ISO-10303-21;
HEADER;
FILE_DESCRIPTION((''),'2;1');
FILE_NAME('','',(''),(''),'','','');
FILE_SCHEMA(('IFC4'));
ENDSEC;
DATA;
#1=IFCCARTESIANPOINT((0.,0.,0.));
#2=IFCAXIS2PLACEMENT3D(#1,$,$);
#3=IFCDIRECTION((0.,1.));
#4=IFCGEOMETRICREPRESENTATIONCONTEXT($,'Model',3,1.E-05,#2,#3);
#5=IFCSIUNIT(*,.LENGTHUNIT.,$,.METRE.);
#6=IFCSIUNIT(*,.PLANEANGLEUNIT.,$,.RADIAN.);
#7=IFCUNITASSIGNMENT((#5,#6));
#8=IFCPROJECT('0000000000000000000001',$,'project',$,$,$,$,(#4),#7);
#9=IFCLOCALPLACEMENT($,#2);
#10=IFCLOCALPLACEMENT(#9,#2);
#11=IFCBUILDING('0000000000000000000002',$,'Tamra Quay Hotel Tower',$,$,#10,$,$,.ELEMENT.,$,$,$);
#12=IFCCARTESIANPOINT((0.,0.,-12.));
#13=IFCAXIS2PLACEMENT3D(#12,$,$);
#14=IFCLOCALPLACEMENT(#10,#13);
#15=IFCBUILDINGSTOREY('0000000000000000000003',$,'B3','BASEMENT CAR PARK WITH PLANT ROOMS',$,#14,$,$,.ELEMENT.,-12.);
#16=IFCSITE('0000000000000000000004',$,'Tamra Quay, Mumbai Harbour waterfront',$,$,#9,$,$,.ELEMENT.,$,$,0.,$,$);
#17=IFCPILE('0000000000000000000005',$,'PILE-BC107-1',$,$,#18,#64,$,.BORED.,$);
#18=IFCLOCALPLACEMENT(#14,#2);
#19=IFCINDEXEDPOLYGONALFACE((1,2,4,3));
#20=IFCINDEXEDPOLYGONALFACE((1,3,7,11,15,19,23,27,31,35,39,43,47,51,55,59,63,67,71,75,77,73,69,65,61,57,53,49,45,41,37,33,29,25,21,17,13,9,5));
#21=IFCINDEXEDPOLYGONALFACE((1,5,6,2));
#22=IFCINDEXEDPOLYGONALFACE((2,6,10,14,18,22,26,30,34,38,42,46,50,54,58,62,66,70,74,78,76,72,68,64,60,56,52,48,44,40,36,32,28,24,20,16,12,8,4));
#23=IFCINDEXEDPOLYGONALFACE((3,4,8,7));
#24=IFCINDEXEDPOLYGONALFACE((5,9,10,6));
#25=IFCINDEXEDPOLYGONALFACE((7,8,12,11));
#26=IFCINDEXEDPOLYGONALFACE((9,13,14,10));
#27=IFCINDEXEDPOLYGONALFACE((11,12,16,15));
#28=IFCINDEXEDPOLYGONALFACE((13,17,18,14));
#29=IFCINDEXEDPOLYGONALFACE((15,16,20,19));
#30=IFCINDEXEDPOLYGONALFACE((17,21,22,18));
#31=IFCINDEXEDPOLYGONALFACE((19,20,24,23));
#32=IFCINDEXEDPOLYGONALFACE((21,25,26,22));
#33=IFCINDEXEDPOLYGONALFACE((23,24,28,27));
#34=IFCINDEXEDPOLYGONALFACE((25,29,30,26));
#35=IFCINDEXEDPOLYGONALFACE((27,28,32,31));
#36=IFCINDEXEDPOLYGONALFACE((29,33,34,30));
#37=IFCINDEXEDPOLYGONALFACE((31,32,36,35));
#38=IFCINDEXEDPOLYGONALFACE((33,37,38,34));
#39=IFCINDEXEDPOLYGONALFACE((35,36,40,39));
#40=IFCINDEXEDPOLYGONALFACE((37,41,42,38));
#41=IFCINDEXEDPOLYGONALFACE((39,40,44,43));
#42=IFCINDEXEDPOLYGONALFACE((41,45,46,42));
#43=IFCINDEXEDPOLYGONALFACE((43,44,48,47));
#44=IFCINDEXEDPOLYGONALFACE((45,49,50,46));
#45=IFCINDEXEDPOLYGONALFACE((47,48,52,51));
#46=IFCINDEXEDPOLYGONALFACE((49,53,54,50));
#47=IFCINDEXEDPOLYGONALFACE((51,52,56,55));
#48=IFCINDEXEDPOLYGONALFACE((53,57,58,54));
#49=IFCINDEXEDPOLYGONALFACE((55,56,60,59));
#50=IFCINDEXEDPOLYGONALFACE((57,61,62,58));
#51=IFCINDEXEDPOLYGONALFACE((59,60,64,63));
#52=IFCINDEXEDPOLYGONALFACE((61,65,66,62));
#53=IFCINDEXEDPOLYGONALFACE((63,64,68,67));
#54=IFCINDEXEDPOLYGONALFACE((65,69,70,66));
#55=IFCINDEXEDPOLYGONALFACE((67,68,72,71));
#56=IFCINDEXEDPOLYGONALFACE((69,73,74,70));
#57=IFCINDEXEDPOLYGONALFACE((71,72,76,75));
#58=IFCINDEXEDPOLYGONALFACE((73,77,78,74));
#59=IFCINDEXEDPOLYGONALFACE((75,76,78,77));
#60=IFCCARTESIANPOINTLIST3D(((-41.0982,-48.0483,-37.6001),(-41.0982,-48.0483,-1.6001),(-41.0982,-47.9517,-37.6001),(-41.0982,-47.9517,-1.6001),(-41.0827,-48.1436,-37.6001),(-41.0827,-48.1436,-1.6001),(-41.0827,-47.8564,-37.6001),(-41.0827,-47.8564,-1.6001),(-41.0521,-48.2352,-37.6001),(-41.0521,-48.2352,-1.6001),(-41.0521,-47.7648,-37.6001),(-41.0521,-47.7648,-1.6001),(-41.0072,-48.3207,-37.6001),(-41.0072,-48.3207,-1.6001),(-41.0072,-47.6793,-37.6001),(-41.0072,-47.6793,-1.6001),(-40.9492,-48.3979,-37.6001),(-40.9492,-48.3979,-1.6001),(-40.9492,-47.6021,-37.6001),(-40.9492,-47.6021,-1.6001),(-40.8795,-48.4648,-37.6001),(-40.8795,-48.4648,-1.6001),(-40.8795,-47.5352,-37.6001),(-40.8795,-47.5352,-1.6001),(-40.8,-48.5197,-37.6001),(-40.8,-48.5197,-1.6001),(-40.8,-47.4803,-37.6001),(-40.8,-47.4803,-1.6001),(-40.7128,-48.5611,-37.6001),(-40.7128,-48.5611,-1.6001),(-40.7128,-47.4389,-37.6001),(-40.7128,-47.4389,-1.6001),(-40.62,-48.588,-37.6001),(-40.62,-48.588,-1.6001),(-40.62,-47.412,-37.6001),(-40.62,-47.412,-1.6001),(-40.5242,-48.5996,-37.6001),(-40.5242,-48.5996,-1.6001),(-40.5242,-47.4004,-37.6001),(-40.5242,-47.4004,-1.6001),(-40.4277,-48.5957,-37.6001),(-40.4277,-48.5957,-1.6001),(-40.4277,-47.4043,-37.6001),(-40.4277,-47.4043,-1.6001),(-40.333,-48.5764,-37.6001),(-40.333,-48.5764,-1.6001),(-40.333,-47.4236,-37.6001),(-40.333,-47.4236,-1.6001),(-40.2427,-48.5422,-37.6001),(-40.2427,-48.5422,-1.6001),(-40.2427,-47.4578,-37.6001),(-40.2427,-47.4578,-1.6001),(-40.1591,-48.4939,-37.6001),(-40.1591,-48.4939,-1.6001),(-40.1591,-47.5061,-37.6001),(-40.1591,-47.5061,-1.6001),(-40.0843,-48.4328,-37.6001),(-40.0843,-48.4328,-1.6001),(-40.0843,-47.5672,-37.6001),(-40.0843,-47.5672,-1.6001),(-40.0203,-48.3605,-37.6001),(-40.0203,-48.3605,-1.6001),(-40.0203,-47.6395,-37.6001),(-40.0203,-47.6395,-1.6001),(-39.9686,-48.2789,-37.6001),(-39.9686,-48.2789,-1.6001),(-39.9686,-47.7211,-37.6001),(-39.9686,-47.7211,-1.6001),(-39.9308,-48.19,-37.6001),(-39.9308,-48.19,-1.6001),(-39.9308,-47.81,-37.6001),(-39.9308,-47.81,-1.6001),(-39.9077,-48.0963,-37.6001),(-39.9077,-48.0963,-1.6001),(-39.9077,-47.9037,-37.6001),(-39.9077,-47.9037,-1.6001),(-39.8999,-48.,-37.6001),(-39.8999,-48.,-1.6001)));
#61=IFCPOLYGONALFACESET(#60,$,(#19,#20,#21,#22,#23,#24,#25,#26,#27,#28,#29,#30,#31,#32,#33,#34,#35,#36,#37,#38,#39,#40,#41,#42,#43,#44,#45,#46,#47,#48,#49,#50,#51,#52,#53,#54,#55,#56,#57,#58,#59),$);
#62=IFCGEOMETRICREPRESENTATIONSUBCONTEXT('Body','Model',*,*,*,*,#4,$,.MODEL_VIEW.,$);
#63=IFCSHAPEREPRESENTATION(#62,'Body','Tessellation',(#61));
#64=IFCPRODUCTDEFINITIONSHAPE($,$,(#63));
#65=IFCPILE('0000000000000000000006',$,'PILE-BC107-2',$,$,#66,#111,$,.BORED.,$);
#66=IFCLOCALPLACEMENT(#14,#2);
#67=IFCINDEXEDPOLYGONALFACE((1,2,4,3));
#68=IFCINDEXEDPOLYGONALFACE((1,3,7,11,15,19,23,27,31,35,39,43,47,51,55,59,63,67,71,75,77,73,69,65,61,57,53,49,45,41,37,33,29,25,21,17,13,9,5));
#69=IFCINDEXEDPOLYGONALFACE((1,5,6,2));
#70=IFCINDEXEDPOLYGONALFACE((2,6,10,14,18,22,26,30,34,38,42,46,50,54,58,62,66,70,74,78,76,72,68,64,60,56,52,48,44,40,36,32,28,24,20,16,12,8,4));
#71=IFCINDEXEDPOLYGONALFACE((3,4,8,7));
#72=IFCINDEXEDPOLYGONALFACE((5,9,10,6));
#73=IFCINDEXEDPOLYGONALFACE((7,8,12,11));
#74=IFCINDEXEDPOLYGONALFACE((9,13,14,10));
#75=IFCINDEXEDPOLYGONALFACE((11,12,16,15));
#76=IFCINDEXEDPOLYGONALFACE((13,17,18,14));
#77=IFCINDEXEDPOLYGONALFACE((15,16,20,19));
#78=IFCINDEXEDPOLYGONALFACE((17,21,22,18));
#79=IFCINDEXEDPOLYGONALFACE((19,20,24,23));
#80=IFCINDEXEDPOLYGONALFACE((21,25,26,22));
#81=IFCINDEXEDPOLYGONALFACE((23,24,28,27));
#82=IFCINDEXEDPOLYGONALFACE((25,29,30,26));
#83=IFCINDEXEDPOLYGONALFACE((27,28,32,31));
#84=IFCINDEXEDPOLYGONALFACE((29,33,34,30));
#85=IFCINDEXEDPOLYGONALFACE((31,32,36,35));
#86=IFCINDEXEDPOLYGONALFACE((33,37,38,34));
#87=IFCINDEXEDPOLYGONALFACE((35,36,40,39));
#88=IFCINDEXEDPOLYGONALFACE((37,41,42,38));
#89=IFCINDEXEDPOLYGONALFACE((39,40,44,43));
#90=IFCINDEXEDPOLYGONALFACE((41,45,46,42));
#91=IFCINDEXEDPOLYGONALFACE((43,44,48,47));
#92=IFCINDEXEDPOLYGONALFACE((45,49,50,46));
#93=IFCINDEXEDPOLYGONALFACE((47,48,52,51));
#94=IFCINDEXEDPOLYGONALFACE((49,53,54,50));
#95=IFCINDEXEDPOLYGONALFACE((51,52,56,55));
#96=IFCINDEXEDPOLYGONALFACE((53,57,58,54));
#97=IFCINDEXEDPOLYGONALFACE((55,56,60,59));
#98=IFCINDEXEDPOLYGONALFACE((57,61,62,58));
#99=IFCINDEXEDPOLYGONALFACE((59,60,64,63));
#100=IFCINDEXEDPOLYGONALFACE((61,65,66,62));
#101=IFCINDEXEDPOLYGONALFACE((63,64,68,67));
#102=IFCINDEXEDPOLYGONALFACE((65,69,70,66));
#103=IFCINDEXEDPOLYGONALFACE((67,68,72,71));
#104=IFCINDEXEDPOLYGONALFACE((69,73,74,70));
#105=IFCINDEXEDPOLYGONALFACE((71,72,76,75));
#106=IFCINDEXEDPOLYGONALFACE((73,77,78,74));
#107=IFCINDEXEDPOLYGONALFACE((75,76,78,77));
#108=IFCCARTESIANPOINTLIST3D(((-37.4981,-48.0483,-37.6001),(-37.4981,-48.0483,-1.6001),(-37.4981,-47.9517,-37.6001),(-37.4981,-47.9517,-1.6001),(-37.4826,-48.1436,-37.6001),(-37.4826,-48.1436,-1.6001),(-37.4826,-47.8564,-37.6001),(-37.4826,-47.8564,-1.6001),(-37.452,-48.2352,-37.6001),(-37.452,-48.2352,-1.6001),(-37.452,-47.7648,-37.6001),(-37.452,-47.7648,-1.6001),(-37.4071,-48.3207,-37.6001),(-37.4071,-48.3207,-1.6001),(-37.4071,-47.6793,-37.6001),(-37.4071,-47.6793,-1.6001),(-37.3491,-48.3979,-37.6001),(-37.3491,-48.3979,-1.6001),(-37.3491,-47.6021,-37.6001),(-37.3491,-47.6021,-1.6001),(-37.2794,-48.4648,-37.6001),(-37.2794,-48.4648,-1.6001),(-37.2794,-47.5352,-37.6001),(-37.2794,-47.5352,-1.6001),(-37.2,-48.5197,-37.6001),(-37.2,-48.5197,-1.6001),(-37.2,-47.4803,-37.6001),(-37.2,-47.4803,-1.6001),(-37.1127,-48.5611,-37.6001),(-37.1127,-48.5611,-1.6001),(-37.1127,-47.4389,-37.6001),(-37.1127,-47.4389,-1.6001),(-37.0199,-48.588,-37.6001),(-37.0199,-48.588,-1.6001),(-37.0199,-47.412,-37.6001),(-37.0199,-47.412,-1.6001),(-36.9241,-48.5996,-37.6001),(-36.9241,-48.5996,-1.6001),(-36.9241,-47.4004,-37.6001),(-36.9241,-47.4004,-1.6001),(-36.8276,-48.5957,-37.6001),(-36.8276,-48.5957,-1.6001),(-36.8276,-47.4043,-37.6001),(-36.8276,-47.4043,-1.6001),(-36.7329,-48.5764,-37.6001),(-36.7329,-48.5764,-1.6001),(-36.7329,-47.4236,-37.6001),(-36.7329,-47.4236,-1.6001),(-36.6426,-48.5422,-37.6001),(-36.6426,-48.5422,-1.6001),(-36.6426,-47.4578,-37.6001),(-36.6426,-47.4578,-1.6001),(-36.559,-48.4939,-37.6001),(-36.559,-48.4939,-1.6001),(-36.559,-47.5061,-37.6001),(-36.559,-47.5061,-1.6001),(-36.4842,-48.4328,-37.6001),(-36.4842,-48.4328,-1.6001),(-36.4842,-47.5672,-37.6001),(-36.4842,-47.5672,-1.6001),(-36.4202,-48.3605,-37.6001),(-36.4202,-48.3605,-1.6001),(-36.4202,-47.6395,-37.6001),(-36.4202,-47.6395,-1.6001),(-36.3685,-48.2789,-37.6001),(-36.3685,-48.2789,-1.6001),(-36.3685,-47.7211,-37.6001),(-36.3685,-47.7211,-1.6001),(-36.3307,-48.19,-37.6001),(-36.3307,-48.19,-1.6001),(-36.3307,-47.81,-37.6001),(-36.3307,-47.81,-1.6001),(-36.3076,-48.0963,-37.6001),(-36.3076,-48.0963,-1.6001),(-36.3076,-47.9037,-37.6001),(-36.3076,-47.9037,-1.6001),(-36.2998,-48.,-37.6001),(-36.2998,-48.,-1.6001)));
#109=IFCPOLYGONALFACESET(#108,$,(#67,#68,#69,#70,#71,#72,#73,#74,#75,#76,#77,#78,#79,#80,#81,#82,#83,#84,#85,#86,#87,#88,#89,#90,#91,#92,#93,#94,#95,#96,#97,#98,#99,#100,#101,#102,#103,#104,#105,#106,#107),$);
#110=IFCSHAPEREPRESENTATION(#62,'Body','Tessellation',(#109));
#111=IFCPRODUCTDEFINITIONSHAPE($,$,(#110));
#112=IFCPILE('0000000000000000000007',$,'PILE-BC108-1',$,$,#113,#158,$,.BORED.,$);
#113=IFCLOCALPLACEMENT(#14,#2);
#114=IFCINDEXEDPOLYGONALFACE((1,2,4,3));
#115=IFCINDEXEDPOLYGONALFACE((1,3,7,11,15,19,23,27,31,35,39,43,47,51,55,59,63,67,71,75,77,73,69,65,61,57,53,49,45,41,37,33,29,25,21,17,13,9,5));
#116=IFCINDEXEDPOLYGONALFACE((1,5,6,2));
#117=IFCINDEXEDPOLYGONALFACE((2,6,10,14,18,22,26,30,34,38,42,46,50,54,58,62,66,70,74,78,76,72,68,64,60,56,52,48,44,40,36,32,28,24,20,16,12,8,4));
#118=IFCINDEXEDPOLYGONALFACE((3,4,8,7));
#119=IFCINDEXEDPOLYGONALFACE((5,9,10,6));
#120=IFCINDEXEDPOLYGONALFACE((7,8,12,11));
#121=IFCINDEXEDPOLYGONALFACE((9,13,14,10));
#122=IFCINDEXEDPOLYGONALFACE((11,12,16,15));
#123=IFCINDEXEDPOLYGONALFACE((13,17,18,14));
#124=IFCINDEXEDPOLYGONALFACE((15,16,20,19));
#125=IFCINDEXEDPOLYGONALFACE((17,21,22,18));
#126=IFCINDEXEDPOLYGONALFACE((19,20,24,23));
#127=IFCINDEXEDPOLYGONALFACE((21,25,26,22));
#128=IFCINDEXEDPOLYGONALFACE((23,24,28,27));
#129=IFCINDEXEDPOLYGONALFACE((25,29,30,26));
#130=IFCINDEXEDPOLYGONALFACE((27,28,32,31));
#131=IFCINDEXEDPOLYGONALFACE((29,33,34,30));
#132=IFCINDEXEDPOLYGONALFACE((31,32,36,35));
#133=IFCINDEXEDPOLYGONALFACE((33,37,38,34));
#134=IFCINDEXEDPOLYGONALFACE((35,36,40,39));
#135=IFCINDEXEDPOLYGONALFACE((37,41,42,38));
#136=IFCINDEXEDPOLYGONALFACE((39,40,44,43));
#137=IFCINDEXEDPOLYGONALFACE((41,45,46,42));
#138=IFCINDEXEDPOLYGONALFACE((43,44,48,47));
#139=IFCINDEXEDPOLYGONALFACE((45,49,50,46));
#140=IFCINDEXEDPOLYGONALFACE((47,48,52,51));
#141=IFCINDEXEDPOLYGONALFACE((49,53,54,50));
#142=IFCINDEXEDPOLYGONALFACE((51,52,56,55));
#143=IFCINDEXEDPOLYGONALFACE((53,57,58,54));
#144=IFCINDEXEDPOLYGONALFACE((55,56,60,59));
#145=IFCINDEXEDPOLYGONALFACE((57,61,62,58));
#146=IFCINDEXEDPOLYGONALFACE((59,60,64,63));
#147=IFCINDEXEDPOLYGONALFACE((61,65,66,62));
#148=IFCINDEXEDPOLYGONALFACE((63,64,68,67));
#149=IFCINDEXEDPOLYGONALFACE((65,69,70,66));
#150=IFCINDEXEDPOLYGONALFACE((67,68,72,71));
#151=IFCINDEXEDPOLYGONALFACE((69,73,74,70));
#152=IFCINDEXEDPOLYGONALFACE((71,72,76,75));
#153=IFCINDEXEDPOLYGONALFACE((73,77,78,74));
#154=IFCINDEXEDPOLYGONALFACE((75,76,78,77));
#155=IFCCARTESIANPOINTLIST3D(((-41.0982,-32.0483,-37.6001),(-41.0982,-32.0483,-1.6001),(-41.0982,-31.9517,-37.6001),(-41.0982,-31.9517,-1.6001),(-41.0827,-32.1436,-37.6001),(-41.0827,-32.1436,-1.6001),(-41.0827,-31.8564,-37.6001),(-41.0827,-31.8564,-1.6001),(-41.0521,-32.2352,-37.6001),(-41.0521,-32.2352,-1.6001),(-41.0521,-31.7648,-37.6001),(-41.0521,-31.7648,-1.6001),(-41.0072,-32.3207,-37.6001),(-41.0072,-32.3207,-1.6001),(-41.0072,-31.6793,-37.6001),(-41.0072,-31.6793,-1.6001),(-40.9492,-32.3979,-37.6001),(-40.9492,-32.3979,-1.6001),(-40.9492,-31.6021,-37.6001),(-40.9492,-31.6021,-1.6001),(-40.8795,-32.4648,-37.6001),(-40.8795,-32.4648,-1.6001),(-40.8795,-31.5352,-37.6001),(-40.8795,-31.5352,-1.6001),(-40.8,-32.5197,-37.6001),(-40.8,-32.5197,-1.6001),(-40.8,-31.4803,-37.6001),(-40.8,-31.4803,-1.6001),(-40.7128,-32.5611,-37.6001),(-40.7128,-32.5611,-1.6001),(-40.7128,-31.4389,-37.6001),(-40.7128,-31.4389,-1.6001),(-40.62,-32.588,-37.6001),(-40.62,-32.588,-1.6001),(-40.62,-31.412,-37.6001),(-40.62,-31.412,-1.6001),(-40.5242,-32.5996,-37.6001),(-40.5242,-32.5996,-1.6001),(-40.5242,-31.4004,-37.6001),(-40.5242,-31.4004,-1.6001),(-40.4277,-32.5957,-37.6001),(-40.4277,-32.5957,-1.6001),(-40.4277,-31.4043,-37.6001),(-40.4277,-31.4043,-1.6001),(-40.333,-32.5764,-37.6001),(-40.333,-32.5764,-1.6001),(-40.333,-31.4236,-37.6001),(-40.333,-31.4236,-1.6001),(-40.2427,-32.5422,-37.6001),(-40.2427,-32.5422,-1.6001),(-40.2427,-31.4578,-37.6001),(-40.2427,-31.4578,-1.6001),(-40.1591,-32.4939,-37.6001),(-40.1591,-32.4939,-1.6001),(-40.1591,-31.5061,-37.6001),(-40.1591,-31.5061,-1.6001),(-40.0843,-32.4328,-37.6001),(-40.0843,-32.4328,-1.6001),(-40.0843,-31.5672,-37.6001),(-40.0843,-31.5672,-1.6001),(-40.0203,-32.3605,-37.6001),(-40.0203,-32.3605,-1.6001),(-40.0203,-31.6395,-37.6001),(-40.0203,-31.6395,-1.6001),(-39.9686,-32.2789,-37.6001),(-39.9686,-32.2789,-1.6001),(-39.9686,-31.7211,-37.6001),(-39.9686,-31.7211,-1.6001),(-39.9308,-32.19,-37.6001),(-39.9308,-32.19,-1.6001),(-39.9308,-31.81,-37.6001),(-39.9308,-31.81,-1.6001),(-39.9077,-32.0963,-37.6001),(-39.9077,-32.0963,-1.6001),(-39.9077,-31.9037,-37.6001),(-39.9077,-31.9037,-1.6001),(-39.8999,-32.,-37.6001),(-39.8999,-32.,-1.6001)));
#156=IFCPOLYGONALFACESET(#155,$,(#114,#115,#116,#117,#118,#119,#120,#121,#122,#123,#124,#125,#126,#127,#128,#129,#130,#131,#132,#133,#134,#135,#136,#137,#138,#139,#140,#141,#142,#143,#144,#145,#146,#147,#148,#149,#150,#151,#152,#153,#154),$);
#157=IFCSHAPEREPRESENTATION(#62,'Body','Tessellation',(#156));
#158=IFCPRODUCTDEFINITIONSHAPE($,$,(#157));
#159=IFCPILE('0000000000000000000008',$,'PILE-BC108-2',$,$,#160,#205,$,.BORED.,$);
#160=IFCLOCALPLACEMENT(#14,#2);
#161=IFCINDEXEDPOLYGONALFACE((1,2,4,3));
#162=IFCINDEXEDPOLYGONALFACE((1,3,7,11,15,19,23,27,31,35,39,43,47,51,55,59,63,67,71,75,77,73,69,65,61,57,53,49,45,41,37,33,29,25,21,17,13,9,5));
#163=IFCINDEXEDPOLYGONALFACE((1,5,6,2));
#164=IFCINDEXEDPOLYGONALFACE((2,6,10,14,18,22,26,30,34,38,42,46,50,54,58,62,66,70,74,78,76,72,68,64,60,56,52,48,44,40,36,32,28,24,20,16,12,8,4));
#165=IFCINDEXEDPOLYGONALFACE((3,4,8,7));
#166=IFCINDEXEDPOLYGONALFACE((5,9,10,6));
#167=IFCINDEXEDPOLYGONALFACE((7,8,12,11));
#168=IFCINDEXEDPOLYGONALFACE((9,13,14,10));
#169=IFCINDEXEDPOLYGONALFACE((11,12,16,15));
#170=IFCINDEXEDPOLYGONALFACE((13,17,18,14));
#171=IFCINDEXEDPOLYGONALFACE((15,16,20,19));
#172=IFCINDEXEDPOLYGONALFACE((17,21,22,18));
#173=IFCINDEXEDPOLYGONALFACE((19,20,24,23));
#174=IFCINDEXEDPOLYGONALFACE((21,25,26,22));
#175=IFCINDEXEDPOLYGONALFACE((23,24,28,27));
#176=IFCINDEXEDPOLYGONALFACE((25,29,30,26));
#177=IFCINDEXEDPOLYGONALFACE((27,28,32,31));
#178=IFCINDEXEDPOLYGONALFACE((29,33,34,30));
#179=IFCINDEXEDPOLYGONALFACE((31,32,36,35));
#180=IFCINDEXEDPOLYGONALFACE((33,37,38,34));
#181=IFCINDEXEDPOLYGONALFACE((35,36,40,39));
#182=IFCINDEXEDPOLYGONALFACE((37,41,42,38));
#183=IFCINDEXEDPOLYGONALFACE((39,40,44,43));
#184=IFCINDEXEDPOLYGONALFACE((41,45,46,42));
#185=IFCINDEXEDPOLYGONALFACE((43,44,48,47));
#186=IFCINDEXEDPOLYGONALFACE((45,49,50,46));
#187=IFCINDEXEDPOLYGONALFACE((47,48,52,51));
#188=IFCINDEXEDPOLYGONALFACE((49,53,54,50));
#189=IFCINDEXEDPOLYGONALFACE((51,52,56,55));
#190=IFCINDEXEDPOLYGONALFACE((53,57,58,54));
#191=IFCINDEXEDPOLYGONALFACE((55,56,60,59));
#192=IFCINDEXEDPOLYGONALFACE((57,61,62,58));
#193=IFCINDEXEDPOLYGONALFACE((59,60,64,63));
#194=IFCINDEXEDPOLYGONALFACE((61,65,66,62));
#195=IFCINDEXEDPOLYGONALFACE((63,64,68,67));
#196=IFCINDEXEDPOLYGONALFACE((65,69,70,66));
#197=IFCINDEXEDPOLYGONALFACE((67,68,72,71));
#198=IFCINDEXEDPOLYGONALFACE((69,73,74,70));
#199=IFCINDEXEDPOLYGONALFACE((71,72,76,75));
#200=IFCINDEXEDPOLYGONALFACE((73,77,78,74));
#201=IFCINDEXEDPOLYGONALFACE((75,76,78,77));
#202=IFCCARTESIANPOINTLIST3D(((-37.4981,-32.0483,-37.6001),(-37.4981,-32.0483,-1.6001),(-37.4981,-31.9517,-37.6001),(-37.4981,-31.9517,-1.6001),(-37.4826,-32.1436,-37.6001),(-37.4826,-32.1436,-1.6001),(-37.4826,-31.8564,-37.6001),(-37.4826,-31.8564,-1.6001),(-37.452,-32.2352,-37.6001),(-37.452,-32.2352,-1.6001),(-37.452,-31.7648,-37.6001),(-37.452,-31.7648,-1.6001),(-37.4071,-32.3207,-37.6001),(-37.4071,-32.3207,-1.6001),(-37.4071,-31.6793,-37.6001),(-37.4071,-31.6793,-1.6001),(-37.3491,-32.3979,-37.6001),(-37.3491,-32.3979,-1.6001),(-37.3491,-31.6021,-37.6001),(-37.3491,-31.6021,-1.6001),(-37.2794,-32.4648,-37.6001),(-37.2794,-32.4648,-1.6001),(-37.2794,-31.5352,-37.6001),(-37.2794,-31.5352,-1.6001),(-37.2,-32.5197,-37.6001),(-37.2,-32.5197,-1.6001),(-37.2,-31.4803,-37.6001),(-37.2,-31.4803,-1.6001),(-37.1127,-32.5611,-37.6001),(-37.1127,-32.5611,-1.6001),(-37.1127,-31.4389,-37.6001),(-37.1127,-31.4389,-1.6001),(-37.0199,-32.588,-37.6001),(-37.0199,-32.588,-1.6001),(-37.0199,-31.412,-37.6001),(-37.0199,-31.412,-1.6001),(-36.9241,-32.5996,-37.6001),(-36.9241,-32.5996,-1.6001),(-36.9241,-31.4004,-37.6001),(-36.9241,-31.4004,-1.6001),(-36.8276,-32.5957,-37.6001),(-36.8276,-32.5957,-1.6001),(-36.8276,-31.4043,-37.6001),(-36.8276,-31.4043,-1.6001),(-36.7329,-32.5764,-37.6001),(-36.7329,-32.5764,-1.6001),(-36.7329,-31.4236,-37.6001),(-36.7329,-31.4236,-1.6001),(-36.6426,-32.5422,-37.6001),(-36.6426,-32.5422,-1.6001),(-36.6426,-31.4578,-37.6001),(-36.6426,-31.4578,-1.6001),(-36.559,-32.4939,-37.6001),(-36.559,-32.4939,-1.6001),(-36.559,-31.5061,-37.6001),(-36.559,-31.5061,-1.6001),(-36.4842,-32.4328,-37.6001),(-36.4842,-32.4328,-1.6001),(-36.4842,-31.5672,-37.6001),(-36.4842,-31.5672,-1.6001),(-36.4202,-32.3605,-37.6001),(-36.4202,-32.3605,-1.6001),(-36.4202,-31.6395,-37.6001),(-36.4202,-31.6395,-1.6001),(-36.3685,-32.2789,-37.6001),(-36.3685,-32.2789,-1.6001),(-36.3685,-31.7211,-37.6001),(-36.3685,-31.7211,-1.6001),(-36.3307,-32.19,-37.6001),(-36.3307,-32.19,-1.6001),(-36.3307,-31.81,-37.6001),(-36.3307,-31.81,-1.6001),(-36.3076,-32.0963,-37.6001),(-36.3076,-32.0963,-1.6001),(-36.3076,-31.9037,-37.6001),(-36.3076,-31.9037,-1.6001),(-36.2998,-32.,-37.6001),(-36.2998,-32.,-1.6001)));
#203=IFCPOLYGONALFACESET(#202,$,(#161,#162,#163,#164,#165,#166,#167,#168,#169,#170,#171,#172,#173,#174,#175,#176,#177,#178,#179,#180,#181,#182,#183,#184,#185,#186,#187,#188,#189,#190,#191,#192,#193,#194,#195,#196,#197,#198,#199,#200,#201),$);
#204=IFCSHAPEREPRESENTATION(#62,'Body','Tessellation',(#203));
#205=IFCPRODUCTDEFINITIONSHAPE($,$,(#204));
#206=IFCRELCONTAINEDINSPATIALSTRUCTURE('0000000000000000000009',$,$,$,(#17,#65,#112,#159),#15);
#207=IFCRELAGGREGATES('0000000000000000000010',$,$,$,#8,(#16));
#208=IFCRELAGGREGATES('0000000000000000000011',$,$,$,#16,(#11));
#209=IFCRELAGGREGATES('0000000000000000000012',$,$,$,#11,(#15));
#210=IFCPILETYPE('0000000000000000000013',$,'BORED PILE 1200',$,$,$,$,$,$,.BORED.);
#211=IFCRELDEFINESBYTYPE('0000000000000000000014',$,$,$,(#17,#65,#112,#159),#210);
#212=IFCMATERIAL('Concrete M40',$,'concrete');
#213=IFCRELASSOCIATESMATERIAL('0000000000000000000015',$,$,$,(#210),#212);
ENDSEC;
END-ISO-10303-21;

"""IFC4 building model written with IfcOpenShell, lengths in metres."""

from ifc_helpers import new_model, si_unit, direction, frame, origin, origin_2d, place, context, subcontext, project, spatial, circle, extrude, material, material_profile, profile_set, type_object, element, save


model = new_model("IFC4")

# Units and contexts
model_context = context("Model", 3, precision=1e-05, world=origin(), true_north=direction((0.0, 1.0)))
body_context = subcontext(model_context, "Body", "Model", "MODEL_VIEW")
ifc_project = project(units=[si_unit("LENGTHUNIT", "METRE"), si_unit("PLANEANGLEUNIT", "RADIAN")], contexts=[model_context])

# Site, building, storey
site_placement = place(None, origin())
site = spatial("IfcSite", under=ifc_project, at=site_placement, Name="Tamra Quay, Mumbai Harbour waterfront", CompositionType="ELEMENT", RefElevation=0.0)
building_placement = place(site_placement, origin())
building = spatial("IfcBuilding", under=site, at=building_placement, Name="Tamra Quay Hotel Tower", CompositionType="ELEMENT")
storey_placement = place(building_placement, frame((0.0, 0.0, -12.0)))
storey = spatial("IfcBuildingStorey", under=building, at=storey_placement, Name="B3", Description="BASEMENT CAR PARK WITH PLANT ROOMS", CompositionType="ELEMENT", Elevation=-12.0)

# Piles
ifc_material_1 = material(Name="Concrete M40", Category="concrete")
ifc_material_profile_1 = material_profile(ifc_material_1, circle(Radius=0.6001, at=origin_2d()), Name="BORED PILE 1200")
ifc_profile_set_1 = profile_set([ifc_material_profile_1], Name="Concrete M40")
pile_type = type_object("IfcPileType", Name="BORED PILE 1200", PredefinedType="BORED", material=ifc_profile_set_1)
for number, where, z_axis, x_axis, name in (
    (1, (-40.5, -48.0, -1.6001), (0.0, 0.0, -1.0), (1.0, 0.0, 0.0), "PILE-BC107-1"),
    (2, (-36.8999, -48.0, -1.6001), (0.0, 0.0, -1.0), (1.0, 0.0, 0.0), "PILE-BC107-2"),
    (3, (-40.5, -32.0, -1.6001), (0.0, 0.0, -1.0), (1.0, 0.0, 0.0), "PILE-BC108-1"),
    (4, (-36.8999, -32.0, -1.6001), (0.0, 0.0, -1.0), (1.0, 0.0, 0.0), "PILE-BC108-2"),
):
    element("IfcPile", number, at=place(storey_placement, frame(where, z_axis=z_axis, x_axis=x_axis)), inside=storey, type_object=pile_type, Name=name, PredefinedType="BORED", context=body_context, shape_type="SweptSolid", body=[
        extrude(circle(Radius=0.6001, at=origin_2d()), origin(), (0.0, 0.0, 1.0), 36.0),
    ])

save(model, "model.ifc")
